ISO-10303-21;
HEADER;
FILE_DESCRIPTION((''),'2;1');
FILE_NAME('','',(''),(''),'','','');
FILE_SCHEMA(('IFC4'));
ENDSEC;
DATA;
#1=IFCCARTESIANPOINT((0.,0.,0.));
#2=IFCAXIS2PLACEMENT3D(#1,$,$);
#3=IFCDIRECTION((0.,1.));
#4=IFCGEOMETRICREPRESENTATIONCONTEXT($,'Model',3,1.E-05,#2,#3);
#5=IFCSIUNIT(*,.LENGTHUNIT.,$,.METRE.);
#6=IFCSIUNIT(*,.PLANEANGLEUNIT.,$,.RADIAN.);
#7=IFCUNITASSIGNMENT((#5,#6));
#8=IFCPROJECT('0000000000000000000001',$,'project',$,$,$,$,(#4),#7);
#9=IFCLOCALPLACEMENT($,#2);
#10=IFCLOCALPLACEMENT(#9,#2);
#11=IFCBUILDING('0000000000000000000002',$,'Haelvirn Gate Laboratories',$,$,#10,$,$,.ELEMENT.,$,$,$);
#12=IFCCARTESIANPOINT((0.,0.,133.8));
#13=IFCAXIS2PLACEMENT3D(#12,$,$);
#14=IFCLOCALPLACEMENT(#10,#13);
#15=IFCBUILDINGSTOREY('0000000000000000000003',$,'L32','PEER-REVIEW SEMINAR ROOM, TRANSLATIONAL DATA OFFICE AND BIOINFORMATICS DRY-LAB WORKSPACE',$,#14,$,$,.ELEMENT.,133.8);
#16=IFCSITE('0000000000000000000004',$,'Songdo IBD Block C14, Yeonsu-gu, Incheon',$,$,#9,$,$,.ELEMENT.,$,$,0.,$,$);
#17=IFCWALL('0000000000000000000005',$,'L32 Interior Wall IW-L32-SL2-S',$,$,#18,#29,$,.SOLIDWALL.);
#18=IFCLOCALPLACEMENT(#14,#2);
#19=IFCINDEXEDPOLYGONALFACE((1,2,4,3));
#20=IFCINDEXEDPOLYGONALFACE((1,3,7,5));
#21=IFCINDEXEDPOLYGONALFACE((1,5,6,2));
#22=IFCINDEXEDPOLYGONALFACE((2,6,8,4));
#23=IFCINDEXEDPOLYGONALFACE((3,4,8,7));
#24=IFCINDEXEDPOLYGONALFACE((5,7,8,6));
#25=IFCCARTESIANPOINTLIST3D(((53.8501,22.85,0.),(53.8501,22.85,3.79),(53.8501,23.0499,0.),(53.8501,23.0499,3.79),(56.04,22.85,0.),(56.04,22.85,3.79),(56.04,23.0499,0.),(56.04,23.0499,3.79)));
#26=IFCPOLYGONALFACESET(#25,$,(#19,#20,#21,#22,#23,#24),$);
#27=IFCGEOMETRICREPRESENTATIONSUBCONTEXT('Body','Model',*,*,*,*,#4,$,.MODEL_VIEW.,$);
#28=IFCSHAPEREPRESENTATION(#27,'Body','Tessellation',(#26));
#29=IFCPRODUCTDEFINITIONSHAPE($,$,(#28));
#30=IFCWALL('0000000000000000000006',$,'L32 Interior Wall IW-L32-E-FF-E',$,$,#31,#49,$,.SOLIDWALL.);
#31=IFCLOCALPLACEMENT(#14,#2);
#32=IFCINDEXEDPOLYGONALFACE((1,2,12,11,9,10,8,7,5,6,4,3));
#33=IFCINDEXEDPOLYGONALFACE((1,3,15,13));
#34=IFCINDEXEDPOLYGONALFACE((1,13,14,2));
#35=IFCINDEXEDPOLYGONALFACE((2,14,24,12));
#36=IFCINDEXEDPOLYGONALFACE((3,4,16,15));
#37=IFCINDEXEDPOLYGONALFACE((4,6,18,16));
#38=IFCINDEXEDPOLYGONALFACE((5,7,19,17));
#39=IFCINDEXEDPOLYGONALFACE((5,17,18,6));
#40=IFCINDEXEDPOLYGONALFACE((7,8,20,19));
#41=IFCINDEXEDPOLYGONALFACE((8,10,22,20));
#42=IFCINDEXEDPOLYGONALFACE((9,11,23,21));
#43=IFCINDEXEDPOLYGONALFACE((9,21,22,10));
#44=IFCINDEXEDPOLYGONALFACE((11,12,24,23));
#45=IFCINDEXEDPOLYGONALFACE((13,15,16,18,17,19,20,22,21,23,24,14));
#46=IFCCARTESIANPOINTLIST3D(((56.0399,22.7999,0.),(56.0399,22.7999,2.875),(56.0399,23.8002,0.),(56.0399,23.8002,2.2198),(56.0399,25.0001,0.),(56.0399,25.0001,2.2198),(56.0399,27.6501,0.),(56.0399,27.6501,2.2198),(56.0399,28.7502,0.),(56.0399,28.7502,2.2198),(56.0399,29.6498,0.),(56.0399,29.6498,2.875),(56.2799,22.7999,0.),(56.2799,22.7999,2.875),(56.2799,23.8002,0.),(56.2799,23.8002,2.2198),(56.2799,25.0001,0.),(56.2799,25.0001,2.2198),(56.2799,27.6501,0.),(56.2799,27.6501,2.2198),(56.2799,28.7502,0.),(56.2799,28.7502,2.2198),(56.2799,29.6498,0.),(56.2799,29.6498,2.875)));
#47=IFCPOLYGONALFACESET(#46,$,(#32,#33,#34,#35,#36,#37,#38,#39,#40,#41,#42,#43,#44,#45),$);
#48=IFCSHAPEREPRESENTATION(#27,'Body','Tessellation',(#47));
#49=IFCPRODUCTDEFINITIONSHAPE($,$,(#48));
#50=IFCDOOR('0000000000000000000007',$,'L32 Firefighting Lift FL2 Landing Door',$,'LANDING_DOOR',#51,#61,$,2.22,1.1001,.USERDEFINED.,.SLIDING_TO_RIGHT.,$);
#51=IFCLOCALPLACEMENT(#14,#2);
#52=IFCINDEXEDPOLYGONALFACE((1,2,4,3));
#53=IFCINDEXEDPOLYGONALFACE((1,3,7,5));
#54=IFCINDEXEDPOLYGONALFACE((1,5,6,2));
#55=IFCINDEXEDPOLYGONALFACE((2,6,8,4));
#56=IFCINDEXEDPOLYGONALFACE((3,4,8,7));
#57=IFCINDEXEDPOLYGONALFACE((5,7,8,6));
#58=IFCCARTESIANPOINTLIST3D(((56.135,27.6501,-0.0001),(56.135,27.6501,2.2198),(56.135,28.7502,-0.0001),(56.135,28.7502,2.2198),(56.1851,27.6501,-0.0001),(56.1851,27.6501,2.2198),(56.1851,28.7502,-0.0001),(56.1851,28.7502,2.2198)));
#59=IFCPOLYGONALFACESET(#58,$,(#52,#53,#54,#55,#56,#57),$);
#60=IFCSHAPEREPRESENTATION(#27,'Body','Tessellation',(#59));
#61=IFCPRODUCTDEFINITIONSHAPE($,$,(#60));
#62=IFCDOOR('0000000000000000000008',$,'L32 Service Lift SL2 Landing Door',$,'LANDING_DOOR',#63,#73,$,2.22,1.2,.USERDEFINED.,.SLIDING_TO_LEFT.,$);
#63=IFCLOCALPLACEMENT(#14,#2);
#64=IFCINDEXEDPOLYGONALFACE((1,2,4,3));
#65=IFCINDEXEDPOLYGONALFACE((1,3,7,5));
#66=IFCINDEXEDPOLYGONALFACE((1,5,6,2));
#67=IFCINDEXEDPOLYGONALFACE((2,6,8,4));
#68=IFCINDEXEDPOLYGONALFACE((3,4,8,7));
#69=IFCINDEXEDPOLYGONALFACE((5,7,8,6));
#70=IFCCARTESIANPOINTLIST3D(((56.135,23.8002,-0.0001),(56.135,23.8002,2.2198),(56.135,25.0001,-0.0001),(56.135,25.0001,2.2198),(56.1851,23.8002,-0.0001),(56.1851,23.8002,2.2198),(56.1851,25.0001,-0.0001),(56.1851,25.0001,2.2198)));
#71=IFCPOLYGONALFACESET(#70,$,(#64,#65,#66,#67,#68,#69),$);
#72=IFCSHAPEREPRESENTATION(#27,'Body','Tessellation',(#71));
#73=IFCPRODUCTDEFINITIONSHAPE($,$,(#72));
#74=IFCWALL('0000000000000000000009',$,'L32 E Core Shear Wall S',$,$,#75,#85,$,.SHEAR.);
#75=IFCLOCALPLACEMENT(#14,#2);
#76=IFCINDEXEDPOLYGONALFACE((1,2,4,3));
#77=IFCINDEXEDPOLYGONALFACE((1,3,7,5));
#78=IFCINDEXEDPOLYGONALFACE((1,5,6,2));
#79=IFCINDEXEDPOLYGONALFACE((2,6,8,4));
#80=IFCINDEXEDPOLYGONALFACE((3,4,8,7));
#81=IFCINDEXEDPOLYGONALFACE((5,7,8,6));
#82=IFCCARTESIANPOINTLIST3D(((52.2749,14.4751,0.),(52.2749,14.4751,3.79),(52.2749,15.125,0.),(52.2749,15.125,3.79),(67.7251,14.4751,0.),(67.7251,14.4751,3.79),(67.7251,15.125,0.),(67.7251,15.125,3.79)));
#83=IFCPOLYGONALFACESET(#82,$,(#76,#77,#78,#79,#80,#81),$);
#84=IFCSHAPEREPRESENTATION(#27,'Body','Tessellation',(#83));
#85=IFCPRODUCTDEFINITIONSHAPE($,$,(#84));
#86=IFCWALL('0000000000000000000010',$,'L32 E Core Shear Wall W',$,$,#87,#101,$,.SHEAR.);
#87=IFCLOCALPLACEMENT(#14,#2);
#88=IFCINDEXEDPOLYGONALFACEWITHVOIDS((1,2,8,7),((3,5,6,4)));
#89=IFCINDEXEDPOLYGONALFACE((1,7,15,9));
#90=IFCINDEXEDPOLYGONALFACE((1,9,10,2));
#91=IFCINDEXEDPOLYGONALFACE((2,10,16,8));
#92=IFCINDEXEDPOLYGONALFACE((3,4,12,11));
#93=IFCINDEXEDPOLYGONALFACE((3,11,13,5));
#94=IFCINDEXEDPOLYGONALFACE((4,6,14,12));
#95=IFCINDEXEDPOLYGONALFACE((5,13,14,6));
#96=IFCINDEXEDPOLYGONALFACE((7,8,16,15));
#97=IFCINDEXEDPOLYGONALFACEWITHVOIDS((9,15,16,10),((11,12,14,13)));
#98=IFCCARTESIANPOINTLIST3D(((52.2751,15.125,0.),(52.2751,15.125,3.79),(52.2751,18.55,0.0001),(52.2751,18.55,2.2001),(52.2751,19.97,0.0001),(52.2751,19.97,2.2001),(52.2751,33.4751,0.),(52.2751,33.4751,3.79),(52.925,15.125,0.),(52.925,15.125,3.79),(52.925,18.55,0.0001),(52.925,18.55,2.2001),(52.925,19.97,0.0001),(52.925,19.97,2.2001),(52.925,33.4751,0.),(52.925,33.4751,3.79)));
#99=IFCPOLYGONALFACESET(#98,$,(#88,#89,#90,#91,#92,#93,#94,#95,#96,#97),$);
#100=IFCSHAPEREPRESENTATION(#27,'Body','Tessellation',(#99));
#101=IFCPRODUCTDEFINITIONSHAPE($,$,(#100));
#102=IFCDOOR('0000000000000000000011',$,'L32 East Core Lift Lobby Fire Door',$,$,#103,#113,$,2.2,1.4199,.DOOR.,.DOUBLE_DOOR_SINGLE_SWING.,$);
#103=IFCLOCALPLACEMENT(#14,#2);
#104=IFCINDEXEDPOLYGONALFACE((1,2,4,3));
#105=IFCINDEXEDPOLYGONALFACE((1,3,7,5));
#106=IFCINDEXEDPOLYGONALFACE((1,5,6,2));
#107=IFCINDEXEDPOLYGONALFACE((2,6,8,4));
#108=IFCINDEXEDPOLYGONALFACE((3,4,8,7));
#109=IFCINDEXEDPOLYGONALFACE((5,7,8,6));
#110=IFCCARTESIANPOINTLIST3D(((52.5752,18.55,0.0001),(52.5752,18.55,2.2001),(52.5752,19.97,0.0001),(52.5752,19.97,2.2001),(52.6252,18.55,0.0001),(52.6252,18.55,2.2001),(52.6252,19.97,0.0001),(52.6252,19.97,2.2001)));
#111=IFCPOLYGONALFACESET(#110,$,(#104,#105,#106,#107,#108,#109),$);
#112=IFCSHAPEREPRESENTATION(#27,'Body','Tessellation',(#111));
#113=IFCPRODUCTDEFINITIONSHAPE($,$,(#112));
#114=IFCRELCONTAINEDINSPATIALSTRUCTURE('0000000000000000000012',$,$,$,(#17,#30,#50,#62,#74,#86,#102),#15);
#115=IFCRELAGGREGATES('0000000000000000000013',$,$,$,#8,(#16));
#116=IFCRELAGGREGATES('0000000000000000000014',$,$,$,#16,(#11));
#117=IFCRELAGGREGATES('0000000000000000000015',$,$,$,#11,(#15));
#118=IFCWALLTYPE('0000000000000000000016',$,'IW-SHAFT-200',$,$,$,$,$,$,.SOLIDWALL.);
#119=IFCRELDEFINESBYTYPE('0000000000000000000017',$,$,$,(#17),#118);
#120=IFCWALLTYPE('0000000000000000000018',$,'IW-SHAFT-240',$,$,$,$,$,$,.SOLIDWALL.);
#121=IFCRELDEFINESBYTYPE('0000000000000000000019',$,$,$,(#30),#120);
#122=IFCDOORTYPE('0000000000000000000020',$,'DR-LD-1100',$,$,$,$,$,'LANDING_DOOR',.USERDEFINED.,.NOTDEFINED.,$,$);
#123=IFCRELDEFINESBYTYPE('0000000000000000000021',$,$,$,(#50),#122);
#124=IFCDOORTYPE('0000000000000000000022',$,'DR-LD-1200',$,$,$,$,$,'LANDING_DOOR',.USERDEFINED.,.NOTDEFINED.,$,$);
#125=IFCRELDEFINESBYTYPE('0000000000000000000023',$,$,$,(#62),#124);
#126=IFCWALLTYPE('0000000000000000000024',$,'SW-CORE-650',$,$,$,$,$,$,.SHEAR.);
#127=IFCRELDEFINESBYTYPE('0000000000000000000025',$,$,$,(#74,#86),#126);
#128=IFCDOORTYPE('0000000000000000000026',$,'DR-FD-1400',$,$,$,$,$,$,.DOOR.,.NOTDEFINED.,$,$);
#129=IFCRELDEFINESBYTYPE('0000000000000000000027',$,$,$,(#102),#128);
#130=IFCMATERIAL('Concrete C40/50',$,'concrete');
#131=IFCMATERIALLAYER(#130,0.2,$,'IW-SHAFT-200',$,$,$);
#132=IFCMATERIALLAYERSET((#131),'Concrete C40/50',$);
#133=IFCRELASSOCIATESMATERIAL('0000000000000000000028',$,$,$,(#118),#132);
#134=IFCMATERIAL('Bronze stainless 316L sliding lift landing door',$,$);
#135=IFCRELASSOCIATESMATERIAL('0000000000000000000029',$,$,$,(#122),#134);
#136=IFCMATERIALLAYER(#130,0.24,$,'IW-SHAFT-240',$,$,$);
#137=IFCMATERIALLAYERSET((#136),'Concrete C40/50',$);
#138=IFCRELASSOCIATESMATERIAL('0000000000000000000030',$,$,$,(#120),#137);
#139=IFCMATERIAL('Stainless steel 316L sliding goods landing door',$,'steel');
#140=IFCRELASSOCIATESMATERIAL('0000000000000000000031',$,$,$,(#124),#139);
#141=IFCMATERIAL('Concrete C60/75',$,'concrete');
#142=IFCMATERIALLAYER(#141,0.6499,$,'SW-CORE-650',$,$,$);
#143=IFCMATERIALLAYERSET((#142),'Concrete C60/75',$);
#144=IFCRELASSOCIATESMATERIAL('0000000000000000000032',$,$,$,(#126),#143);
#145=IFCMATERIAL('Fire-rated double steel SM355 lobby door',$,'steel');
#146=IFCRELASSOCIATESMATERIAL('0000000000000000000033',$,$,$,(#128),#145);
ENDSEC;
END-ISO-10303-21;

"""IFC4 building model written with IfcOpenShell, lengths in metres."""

from ifc_helpers import new_model, si_unit, direction, frame, frame_2d, origin, place, context, subcontext, project, spatial, rectangle, extrude, source, transform, mapped, material, layer, layer_set, type_object, type_shapes, element, fill, save


model = new_model("IFC4")

# Units and contexts
model_context = context("Model", 3, precision=1e-05, world=origin(), true_north=direction((0.0, 1.0)))
body_context = subcontext(model_context, "Body", "Model", "MODEL_VIEW")
ifc_project = project(units=[si_unit("LENGTHUNIT", "METRE"), si_unit("PLANEANGLEUNIT", "RADIAN")], contexts=[model_context])

# Site, building, storey
site_placement = place(None, origin())
site = spatial("IfcSite", under=ifc_project, at=site_placement, Name="Songdo IBD Block C14, Yeonsu-gu, Incheon", CompositionType="ELEMENT", RefElevation=0.0)
building_placement = place(site_placement, origin())
building = spatial("IfcBuilding", under=site, at=building_placement, Name="Haelvirn Gate Laboratories", CompositionType="ELEMENT")
storey_placement = place(building_placement, frame((0.0, 0.0, 133.8)))
storey = spatial("IfcBuildingStorey", under=building, at=storey_placement, Name="L32", Description="PEER-REVIEW SEMINAR ROOM, TRANSLATIONAL DATA OFFICE AND BIOINFORMATICS DRY-LAB WORKSPACE", CompositionType="ELEMENT", Elevation=133.8)

# Shared definitions
ifc_material_1 = material(Name="Concrete C60/75", Category="concrete")

# Shared definitions
ifc_material_2 = material(Name="Concrete C40/50", Category="concrete")

# Shared definitions
ifc_layer_1 = layer(ifc_material_2, 0.2, Name="IW-SHAFT-200")
ifc_layer_set_1 = layer_set([ifc_layer_1], Name="Concrete C40/50")
wall_type_1 = type_object("IfcWallType", Name="IW-SHAFT-200", PredefinedType="SOLIDWALL", material=ifc_layer_set_1)
ifc_material_3 = material(Name="Bronze stainless 316L sliding lift landing door")
door_type_1 = type_object("IfcDoorType", Name="DR-LD-1100", ElementType="LANDING_DOOR", OperationType="NOTDEFINED", PredefinedType="USERDEFINED", material=ifc_material_3)
shared_shape_1 = source(origin(), body_context, "Body", "SweptSolid", [
    extrude(rectangle(XDim=1.1001, YDim=2.22, at=frame_2d((0.55, 1.1099))), frame((0.0, 0.0249, 0.0), z_axis=(0.0, -1.0, 0.0), x_axis=(1.0, 0.0, 0.0)), (0.0, 0.0, 1.0), 0.05),
])
type_shapes(door_type_1, [shared_shape_1])

# Wall
wall_1_placement = place(storey_placement, frame((53.8501, 22.95, 0.0), z_axis=(0.0, 0.0, 1.0), x_axis=(1.0, 0.0, 0.0)))
element("IfcWall", 1, at=wall_1_placement, inside=storey, type_object=wall_type_1, Name="L32 Interior Wall IW-L32-SL2-S", PredefinedType="SOLIDWALL", context=body_context, shape_type="SweptSolid", body=[
    extrude(rectangle(XDim=2.1899, YDim=0.2, at=frame_2d((1.095, 0.0))), origin(), (0.0, 0.0, 1.0), 3.79),
])

# Wall, openings, doors
ifc_layer_2 = layer(ifc_material_2, 0.24, Name="IW-SHAFT-240")
ifc_layer_set_2 = layer_set([ifc_layer_2], Name="Concrete C40/50")
wall_type_2 = type_object("IfcWallType", Name="IW-SHAFT-240", PredefinedType="SOLIDWALL", material=ifc_layer_set_2)
wall_2_placement = place(storey_placement, frame((56.1599, 22.8, 0.0), z_axis=(0.0, 0.0, 1.0), x_axis=(0.0, 1.0, 0.0)))
wall_2 = element("IfcWall", 2, at=wall_2_placement, inside=storey, type_object=wall_type_2, Name="L32 Interior Wall IW-L32-E-FF-E", PredefinedType="SOLIDWALL", context=body_context, shape_type="SweptSolid", body=[
    extrude(rectangle(XDim=6.8499, YDim=0.24, at=frame_2d((3.4248, 0.0))), origin(), (0.0, 0.0, 1.0), 2.875),
])
opening_1_placement = place(wall_2_placement, frame((4.8501, 0.0, 0.0)))
opening_1 = element("IfcOpeningElement", 3, at=opening_1_placement, cuts=wall_2, PredefinedType="OPENING", context=body_context, shape_type="SweptSolid", body=[
    extrude(rectangle(XDim=1.1001, YDim=2.22, at=frame_2d((0.55, 1.1099))), frame((0.0, 0.1299, 0.0), z_axis=(0.0, -1.0, 0.0), x_axis=(1.0, 0.0, 0.0)), (0.0, 0.0, 1.0), 0.26),
])
opening_2_placement = place(wall_2_placement, frame((1.0, 0.0, 0.0)))
opening_2 = element("IfcOpeningElement", 4, at=opening_2_placement, cuts=wall_2, PredefinedType="OPENING", context=body_context, shape_type="SweptSolid", body=[
    extrude(rectangle(XDim=1.2, YDim=2.22, at=frame_2d((0.6001, 1.1099))), frame((0.0, 0.1299, 0.0), z_axis=(0.0, -1.0, 0.0), x_axis=(1.0, 0.0, 0.0)), (0.0, 0.0, 1.0), 0.26),
])
door_1_placement = place(opening_1_placement, origin())
door_1 = element("IfcDoor", 5, at=door_1_placement, inside=storey, type_object=door_type_1, Name="L32 Firefighting Lift FL2 Landing Door", ObjectType="LANDING_DOOR", OperationType="SLIDING_TO_RIGHT", OverallHeight=2.22, OverallWidth=1.1001, PredefinedType="USERDEFINED", context=body_context, shape_type="MappedRepresentation", body=[
    mapped(shared_shape_1, transform((0.0, 0.0, 0.0), scale=1.0)),
])
fill(opening_1, door_1)
ifc_material_4 = material(Name="Stainless steel 316L sliding goods landing door", Category="steel")
door_type_2 = type_object("IfcDoorType", Name="DR-LD-1200", ElementType="LANDING_DOOR", OperationType="NOTDEFINED", PredefinedType="USERDEFINED", material=ifc_material_4)
shared_shape_2 = source(origin(), body_context, "Body", "SweptSolid", [
    extrude(rectangle(XDim=1.2, YDim=2.22, at=frame_2d((0.6001, 1.1099))), frame((0.0, 0.0249, 0.0), z_axis=(0.0, -1.0, 0.0), x_axis=(1.0, 0.0, 0.0)), (0.0, 0.0, 1.0), 0.05),
])
type_shapes(door_type_2, [shared_shape_2])
door_2_placement = place(opening_2_placement, origin())
door_2 = element("IfcDoor", 6, at=door_2_placement, inside=storey, type_object=door_type_2, Name="L32 Service Lift SL2 Landing Door", ObjectType="LANDING_DOOR", OperationType="SLIDING_TO_LEFT", OverallHeight=2.22, OverallWidth=1.2, PredefinedType="USERDEFINED", context=body_context, shape_type="MappedRepresentation", body=[
    mapped(shared_shape_2, transform((0.0, 0.0, 0.0), scale=1.0)),
])
fill(opening_2, door_2)

# Wall
ifc_layer_3 = layer(ifc_material_1, 0.6499, Name="SW-CORE-650")
ifc_layer_set_3 = layer_set([ifc_layer_3], Name="Concrete C60/75")
wall_type_3 = type_object("IfcWallType", Name="SW-CORE-650", PredefinedType="SHEAR", material=ifc_layer_set_3)
wall_3_placement = place(storey_placement, frame((52.2749, 14.8, 0.0), z_axis=(0.0, 0.0, 1.0), x_axis=(1.0, 0.0, 0.0)))
element("IfcWall", 7, at=wall_3_placement, inside=storey, type_object=wall_type_3, Name="L32 E Core Shear Wall S", PredefinedType="SHEAR", context=body_context, shape_type="SweptSolid", body=[
    extrude(rectangle(XDim=15.4502, YDim=0.6499, at=frame_2d((7.7251, 0.0))), origin(), (0.0, 0.0, 1.0), 3.79),
])

# Wall, opening, door
wall_4_placement = place(storey_placement, frame((52.6001, 15.125, 0.0), z_axis=(0.0, 0.0, 1.0), x_axis=(0.0, 1.0, 0.0)))
wall_4 = element("IfcWall", 8, at=wall_4_placement, inside=storey, type_object=wall_type_3, Name="L32 E Core Shear Wall W", PredefinedType="SHEAR", context=body_context, shape_type="SweptSolid", body=[
    extrude(rectangle(XDim=18.3501, YDim=0.6499, at=frame_2d((9.175, 0.0))), origin(), (0.0, 0.0, 1.0), 3.79),
])
opening_3_placement = place(wall_4_placement, frame((3.425, 0.0, 0.0)))
opening_3 = element("IfcOpeningElement", 9, at=opening_3_placement, cuts=wall_4, PredefinedType="OPENING", context=body_context, shape_type="SweptSolid", body=[
    extrude(rectangle(XDim=1.4199, YDim=2.2, at=frame_2d((0.71, 1.1001))), frame((0.0, 0.335, 0.0), z_axis=(0.0, -1.0, 0.0), x_axis=(1.0, 0.0, 0.0)), (0.0, 0.0, 1.0), 0.6699),
])
ifc_material_5 = material(Name="Fire-rated double steel SM355 lobby door", Category="steel")
door_type_3 = type_object("IfcDoorType", Name="DR-FD-1400", OperationType="NOTDEFINED", PredefinedType="DOOR", material=ifc_material_5)
shared_shape_3 = source(origin(), body_context, "Body", "SweptSolid", [
    extrude(rectangle(XDim=1.4199, YDim=2.2, at=frame_2d((0.71, 1.1001))), frame((0.0, 0.0249, 0.0), z_axis=(0.0, -1.0, 0.0), x_axis=(1.0, 0.0, 0.0)), (0.0, 0.0, 1.0), 0.05),
])
type_shapes(door_type_3, [shared_shape_3])
door_3_placement = place(opening_3_placement, origin())
door_3 = element("IfcDoor", 10, at=door_3_placement, inside=storey, type_object=door_type_3, Name="L32 East Core Lift Lobby Fire Door", OperationType="DOUBLE_DOOR_SINGLE_SWING", OverallHeight=2.2, OverallWidth=1.4199, PredefinedType="DOOR", context=body_context, shape_type="MappedRepresentation", body=[
    mapped(shared_shape_3, transform((0.0, 0.0, 0.0), scale=1.0)),
])
fill(opening_3, door_3)

save(model, "model.ifc")
